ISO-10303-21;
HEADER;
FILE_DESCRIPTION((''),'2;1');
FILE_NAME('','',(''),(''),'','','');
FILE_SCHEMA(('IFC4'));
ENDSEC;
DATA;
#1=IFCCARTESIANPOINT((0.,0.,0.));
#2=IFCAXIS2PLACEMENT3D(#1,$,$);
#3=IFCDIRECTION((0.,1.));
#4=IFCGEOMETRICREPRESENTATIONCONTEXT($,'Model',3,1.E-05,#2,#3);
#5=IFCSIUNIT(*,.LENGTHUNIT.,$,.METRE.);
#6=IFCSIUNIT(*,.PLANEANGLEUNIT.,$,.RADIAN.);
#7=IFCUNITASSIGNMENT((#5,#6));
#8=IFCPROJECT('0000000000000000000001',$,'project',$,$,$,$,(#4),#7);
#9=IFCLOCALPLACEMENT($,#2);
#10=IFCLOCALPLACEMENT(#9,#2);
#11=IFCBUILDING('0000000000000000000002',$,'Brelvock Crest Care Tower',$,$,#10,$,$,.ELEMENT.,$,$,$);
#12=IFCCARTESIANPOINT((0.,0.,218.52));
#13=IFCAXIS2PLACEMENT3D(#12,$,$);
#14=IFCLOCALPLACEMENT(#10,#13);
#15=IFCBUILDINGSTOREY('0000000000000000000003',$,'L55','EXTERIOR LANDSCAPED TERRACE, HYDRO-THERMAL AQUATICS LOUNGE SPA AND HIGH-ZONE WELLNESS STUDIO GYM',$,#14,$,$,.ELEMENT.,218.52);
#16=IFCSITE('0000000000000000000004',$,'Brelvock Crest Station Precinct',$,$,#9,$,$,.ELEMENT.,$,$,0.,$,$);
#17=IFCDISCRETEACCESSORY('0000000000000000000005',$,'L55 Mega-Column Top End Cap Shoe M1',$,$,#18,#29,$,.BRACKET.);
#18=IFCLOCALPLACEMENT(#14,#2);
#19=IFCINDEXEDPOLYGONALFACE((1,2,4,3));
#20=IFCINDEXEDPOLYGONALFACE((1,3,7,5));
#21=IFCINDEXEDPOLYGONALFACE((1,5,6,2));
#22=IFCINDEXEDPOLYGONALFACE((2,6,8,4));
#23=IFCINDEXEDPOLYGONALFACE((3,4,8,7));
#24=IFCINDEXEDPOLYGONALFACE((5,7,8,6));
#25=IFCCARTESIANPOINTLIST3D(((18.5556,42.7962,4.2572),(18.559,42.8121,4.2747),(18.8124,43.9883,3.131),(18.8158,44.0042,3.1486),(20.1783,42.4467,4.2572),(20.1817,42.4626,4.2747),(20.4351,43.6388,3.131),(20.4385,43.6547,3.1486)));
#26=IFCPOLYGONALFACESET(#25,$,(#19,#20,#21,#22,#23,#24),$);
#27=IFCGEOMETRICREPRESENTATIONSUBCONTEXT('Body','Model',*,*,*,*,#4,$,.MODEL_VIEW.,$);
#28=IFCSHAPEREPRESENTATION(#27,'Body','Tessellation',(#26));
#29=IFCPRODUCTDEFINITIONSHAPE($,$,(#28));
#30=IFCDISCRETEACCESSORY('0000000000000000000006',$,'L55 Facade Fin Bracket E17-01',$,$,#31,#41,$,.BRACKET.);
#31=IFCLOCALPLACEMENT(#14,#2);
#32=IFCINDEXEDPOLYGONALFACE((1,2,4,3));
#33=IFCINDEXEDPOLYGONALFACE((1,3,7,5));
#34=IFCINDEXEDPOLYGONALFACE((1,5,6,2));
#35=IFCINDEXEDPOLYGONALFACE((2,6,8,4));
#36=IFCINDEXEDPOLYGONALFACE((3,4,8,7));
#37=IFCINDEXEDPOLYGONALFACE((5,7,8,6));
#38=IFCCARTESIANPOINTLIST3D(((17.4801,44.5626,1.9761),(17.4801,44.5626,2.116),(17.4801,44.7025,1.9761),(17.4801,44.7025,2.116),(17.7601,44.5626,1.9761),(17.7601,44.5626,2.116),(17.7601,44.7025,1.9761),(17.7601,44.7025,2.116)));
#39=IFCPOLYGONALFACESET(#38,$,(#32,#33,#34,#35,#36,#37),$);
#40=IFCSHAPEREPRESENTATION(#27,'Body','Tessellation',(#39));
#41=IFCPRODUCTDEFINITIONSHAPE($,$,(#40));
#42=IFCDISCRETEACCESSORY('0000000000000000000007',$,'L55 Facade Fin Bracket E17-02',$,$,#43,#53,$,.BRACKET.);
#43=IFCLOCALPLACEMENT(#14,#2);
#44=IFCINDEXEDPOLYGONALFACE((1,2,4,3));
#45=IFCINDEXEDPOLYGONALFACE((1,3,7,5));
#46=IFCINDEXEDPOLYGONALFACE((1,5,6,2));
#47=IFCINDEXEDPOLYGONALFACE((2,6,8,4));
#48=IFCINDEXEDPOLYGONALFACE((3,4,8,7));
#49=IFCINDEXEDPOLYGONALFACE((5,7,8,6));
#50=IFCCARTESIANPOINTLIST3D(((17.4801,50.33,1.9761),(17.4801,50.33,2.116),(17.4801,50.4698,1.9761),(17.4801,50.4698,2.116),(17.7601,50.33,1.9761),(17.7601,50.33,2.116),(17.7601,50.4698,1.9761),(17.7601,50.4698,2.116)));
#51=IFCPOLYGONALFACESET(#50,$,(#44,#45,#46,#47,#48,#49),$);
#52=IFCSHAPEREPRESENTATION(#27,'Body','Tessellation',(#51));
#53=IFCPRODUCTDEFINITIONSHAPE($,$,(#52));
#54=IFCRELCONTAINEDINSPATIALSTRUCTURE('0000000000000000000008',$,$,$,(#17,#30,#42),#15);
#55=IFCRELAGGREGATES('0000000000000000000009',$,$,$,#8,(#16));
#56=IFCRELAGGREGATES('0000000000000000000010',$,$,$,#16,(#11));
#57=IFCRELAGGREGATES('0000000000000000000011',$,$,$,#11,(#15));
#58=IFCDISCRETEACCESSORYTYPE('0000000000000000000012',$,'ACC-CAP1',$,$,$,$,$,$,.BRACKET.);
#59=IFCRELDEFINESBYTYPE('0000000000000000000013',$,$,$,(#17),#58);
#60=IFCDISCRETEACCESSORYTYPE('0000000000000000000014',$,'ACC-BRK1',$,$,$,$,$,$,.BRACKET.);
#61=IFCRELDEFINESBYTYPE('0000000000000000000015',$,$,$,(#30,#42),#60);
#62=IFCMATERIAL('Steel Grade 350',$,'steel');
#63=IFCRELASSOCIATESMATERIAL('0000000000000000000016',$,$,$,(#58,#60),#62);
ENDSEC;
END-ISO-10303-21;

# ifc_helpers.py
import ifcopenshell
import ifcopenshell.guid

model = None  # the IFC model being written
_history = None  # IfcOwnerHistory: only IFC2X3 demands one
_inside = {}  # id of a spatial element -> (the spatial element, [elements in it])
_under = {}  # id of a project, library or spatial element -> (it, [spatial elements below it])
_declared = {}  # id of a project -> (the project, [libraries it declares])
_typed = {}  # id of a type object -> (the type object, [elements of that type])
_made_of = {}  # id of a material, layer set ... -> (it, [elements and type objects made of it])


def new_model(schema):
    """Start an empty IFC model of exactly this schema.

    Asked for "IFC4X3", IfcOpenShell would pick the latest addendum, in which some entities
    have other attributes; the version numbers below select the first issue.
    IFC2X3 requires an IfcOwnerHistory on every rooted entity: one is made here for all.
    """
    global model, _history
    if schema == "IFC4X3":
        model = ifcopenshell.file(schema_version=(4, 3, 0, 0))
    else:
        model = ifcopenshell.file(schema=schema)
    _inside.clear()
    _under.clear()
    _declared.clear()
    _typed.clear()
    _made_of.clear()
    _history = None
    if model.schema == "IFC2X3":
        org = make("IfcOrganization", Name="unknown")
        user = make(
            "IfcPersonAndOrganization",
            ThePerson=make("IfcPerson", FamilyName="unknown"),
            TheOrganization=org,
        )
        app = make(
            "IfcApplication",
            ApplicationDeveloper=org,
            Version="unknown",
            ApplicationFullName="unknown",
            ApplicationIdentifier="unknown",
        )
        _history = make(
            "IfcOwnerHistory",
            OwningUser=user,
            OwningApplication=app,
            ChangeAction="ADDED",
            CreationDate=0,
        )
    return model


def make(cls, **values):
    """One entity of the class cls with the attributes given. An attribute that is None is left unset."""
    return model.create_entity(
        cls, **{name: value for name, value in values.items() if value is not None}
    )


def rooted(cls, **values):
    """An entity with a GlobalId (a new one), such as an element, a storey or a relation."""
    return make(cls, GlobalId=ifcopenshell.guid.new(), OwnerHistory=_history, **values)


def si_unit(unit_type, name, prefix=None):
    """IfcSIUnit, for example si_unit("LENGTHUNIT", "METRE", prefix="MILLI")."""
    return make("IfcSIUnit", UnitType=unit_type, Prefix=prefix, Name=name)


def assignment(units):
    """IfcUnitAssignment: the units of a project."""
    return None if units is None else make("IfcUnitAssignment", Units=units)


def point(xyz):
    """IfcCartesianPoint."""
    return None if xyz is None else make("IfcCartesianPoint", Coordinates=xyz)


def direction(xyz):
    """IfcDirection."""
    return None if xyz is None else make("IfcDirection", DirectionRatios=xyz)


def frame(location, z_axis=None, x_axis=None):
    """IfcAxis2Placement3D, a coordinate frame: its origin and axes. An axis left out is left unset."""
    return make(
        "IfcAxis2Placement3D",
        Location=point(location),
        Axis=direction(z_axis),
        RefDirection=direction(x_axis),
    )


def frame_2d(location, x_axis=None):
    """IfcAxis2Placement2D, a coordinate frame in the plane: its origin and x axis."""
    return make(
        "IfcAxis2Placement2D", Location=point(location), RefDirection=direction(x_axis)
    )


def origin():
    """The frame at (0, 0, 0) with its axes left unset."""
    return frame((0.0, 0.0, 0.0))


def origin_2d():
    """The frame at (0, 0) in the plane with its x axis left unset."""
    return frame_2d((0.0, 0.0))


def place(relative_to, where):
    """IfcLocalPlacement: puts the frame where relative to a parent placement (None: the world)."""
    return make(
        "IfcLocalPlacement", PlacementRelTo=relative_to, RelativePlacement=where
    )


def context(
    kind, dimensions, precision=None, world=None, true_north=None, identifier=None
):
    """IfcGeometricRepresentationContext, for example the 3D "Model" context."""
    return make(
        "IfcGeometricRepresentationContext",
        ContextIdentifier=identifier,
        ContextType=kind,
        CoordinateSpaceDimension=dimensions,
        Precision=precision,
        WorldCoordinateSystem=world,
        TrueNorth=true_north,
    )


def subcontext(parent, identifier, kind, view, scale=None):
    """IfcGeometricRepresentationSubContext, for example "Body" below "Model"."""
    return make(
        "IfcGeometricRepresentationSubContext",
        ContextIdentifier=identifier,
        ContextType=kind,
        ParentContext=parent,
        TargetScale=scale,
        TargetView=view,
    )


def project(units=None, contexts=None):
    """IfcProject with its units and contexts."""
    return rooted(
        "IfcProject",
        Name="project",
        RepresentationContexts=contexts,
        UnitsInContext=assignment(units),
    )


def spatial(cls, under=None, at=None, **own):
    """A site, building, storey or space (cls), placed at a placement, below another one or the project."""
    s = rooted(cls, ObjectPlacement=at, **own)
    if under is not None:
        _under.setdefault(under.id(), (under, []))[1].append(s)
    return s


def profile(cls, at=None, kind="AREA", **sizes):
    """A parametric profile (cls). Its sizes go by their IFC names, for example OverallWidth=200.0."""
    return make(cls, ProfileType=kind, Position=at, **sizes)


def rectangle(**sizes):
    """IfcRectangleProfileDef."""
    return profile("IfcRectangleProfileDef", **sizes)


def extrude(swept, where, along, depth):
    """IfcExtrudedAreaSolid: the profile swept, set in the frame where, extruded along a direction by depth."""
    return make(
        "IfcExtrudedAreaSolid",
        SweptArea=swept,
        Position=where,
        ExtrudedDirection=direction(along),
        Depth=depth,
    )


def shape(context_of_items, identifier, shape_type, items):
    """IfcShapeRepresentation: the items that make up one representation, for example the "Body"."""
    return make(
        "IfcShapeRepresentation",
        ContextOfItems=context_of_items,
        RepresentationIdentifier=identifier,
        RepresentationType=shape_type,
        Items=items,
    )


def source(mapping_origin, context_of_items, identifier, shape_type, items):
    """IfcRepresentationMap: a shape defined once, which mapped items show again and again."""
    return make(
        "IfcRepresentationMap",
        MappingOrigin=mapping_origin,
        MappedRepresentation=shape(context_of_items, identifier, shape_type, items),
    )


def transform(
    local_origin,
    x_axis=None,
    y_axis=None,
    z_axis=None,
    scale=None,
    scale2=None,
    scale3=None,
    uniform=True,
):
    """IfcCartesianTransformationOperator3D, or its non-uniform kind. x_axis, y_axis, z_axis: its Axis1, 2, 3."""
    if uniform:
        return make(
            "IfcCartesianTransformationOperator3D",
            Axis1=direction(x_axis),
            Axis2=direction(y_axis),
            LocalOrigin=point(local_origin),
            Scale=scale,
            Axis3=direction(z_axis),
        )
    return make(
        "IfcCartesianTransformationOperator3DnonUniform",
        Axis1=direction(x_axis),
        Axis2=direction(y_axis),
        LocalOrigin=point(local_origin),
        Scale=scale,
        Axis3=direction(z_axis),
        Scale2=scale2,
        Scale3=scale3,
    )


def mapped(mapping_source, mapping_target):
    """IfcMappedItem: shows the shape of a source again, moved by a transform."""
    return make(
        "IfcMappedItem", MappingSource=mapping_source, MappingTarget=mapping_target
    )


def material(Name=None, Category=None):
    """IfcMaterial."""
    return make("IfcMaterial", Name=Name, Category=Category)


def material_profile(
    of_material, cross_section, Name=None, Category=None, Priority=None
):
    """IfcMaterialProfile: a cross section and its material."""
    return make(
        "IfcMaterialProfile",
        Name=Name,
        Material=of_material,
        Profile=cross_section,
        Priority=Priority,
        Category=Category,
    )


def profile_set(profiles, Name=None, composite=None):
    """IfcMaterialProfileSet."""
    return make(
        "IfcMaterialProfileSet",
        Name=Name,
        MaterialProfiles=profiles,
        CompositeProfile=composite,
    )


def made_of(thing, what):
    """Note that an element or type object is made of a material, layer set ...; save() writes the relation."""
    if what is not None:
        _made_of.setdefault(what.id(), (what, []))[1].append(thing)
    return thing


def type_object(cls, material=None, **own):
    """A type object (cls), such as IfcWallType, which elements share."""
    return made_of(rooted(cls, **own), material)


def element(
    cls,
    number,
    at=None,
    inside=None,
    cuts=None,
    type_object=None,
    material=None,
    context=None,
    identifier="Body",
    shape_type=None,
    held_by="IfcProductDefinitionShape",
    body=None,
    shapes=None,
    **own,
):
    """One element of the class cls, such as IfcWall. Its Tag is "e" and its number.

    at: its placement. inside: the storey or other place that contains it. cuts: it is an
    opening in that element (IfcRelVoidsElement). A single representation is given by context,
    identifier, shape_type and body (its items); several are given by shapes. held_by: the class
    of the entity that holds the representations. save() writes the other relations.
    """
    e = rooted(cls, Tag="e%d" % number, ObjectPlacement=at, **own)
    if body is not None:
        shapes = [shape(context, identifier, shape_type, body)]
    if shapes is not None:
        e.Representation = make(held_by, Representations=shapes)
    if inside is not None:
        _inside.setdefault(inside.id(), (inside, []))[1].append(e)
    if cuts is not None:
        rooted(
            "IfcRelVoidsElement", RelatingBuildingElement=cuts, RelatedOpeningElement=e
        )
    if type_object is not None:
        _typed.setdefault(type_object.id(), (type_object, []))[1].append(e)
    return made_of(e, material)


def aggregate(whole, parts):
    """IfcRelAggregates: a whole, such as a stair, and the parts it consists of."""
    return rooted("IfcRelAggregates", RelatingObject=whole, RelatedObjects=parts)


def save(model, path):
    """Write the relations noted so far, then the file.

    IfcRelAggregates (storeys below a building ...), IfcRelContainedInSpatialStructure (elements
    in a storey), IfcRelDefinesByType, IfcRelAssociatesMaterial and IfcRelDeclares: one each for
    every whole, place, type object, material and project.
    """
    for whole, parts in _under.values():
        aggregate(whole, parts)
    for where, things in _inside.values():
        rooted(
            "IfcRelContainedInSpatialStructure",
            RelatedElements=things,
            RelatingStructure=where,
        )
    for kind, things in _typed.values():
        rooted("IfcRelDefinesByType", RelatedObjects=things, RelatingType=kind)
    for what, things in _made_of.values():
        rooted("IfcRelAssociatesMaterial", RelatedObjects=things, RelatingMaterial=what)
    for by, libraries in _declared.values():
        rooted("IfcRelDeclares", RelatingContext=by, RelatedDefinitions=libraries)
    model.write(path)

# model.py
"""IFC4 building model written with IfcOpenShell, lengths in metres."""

from ifc_helpers import new_model, si_unit, direction, frame, origin, origin_2d, place, context, subcontext, project, spatial, rectangle, extrude, source, transform, mapped, material, material_profile, profile_set, type_object, element, save


model = new_model("IFC4")

# Units and contexts
model_context = context("Model", 3, precision=1e-05, world=origin(), true_north=direction((0.0, 1.0)))
body_context = subcontext(model_context, "Body", "Model", "MODEL_VIEW")
ifc_project = project(units=[si_unit("LENGTHUNIT", "METRE"), si_unit("PLANEANGLEUNIT", "RADIAN")], contexts=[model_context])

# Site, building, storey
site_placement = place(None, origin())
site = spatial("IfcSite", under=ifc_project, at=site_placement, Name="Brelvock Crest Station Precinct", CompositionType="ELEMENT", RefElevation=0.0)
building_placement = place(site_placement, origin())
building = spatial("IfcBuilding", under=site, at=building_placement, Name="Brelvock Crest Care Tower", CompositionType="ELEMENT")
storey_placement = place(building_placement, frame((0.0, 0.0, 218.52)))
storey = spatial("IfcBuildingStorey", under=building, at=storey_placement, Name="L55", Description="EXTERIOR LANDSCAPED TERRACE, HYDRO-THERMAL AQUATICS LOUNGE SPA AND HIGH-ZONE WELLNESS STUDIO GYM", CompositionType="ELEMENT", Elevation=218.52)

# Shared definitions
ifc_material_1 = material(Name="Steel Grade 350", Category="steel")

# Discrete accessories
ifc_material_profile_1 = material_profile(ifc_material_1, rectangle(XDim=1.6599, YDim=1.6599, at=origin_2d()), Name="ACC-CAP1")
ifc_profile_set_1 = profile_set([ifc_material_profile_1], Name="Steel Grade 350")
discrete_accessory_type_1 = type_object("IfcDiscreteAccessoryType", Name="ACC-CAP1", PredefinedType="BRACKET", material=ifc_profile_set_1)
shared_shape_1 = source(origin(), body_context, "Body", "SweptSolid", [
    extrude(rectangle(XDim=1.6599, YDim=1.6599, at=origin_2d()), origin(), (0.0, 0.0, 1.0), 0.0239),
])
discrete_accessory_placement = place(storey_placement, frame((19.4954, 43.2175, 3.6941), z_axis=(0.14285, 0.663231, 0.734656), x_axis=(-0.977582, 0.210556, 0.0)))
element("IfcDiscreteAccessory", 1, at=discrete_accessory_placement, inside=storey, type_object=discrete_accessory_type_1, Name="L55 Mega-Column Top End Cap Shoe M1", PredefinedType="BRACKET", context=body_context, shape_type="MappedRepresentation", body=[
    mapped(shared_shape_1, transform((0.0, 0.0, 0.0), x_axis=(1.0, 0.0, 0.0), y_axis=(0.0, 1.0, 0.0), z_axis=(0.0, 0.0, 1.0), scale=1.0)),
])
discrete_accessory_type_2 = type_object("IfcDiscreteAccessoryType", Name="ACC-BRK1", PredefinedType="BRACKET", material=ifc_material_1)
shared_shape_2 = source(origin(), body_context, "Body", "SweptSolid", [
    extrude(rectangle(XDim=0.28, YDim=0.1399, at=origin_2d()), origin(), (0.0, 0.0, 1.0), 0.1399),
])
for number, where, z_axis, x_axis, name in (
    (2, (17.6201, 44.6326, 1.9761), (0.0, 0.0, 1.0), (-1.0, 0.0, 0.0), "L55 Facade Fin Bracket E17-01"),
    (3, (17.6201, 50.3999, 1.9761), (0.0, 0.0, 1.0), (-1.0, 0.0, 0.0), "L55 Facade Fin Bracket E17-02"),
):
    element("IfcDiscreteAccessory", number, at=place(storey_placement, frame(where, z_axis=z_axis, x_axis=x_axis)), inside=storey, type_object=discrete_accessory_type_2, Name=name, PredefinedType="BRACKET", context=body_context, shape_type="MappedRepresentation", body=[
        mapped(shared_shape_2, transform((0.0, 0.0, 0.0), x_axis=(1.0, 0.0, 0.0), y_axis=(0.0, 1.0, 0.0), z_axis=(0.0, 0.0, 1.0), scale=1.0)),
    ])

save(model, "model.ifc")
